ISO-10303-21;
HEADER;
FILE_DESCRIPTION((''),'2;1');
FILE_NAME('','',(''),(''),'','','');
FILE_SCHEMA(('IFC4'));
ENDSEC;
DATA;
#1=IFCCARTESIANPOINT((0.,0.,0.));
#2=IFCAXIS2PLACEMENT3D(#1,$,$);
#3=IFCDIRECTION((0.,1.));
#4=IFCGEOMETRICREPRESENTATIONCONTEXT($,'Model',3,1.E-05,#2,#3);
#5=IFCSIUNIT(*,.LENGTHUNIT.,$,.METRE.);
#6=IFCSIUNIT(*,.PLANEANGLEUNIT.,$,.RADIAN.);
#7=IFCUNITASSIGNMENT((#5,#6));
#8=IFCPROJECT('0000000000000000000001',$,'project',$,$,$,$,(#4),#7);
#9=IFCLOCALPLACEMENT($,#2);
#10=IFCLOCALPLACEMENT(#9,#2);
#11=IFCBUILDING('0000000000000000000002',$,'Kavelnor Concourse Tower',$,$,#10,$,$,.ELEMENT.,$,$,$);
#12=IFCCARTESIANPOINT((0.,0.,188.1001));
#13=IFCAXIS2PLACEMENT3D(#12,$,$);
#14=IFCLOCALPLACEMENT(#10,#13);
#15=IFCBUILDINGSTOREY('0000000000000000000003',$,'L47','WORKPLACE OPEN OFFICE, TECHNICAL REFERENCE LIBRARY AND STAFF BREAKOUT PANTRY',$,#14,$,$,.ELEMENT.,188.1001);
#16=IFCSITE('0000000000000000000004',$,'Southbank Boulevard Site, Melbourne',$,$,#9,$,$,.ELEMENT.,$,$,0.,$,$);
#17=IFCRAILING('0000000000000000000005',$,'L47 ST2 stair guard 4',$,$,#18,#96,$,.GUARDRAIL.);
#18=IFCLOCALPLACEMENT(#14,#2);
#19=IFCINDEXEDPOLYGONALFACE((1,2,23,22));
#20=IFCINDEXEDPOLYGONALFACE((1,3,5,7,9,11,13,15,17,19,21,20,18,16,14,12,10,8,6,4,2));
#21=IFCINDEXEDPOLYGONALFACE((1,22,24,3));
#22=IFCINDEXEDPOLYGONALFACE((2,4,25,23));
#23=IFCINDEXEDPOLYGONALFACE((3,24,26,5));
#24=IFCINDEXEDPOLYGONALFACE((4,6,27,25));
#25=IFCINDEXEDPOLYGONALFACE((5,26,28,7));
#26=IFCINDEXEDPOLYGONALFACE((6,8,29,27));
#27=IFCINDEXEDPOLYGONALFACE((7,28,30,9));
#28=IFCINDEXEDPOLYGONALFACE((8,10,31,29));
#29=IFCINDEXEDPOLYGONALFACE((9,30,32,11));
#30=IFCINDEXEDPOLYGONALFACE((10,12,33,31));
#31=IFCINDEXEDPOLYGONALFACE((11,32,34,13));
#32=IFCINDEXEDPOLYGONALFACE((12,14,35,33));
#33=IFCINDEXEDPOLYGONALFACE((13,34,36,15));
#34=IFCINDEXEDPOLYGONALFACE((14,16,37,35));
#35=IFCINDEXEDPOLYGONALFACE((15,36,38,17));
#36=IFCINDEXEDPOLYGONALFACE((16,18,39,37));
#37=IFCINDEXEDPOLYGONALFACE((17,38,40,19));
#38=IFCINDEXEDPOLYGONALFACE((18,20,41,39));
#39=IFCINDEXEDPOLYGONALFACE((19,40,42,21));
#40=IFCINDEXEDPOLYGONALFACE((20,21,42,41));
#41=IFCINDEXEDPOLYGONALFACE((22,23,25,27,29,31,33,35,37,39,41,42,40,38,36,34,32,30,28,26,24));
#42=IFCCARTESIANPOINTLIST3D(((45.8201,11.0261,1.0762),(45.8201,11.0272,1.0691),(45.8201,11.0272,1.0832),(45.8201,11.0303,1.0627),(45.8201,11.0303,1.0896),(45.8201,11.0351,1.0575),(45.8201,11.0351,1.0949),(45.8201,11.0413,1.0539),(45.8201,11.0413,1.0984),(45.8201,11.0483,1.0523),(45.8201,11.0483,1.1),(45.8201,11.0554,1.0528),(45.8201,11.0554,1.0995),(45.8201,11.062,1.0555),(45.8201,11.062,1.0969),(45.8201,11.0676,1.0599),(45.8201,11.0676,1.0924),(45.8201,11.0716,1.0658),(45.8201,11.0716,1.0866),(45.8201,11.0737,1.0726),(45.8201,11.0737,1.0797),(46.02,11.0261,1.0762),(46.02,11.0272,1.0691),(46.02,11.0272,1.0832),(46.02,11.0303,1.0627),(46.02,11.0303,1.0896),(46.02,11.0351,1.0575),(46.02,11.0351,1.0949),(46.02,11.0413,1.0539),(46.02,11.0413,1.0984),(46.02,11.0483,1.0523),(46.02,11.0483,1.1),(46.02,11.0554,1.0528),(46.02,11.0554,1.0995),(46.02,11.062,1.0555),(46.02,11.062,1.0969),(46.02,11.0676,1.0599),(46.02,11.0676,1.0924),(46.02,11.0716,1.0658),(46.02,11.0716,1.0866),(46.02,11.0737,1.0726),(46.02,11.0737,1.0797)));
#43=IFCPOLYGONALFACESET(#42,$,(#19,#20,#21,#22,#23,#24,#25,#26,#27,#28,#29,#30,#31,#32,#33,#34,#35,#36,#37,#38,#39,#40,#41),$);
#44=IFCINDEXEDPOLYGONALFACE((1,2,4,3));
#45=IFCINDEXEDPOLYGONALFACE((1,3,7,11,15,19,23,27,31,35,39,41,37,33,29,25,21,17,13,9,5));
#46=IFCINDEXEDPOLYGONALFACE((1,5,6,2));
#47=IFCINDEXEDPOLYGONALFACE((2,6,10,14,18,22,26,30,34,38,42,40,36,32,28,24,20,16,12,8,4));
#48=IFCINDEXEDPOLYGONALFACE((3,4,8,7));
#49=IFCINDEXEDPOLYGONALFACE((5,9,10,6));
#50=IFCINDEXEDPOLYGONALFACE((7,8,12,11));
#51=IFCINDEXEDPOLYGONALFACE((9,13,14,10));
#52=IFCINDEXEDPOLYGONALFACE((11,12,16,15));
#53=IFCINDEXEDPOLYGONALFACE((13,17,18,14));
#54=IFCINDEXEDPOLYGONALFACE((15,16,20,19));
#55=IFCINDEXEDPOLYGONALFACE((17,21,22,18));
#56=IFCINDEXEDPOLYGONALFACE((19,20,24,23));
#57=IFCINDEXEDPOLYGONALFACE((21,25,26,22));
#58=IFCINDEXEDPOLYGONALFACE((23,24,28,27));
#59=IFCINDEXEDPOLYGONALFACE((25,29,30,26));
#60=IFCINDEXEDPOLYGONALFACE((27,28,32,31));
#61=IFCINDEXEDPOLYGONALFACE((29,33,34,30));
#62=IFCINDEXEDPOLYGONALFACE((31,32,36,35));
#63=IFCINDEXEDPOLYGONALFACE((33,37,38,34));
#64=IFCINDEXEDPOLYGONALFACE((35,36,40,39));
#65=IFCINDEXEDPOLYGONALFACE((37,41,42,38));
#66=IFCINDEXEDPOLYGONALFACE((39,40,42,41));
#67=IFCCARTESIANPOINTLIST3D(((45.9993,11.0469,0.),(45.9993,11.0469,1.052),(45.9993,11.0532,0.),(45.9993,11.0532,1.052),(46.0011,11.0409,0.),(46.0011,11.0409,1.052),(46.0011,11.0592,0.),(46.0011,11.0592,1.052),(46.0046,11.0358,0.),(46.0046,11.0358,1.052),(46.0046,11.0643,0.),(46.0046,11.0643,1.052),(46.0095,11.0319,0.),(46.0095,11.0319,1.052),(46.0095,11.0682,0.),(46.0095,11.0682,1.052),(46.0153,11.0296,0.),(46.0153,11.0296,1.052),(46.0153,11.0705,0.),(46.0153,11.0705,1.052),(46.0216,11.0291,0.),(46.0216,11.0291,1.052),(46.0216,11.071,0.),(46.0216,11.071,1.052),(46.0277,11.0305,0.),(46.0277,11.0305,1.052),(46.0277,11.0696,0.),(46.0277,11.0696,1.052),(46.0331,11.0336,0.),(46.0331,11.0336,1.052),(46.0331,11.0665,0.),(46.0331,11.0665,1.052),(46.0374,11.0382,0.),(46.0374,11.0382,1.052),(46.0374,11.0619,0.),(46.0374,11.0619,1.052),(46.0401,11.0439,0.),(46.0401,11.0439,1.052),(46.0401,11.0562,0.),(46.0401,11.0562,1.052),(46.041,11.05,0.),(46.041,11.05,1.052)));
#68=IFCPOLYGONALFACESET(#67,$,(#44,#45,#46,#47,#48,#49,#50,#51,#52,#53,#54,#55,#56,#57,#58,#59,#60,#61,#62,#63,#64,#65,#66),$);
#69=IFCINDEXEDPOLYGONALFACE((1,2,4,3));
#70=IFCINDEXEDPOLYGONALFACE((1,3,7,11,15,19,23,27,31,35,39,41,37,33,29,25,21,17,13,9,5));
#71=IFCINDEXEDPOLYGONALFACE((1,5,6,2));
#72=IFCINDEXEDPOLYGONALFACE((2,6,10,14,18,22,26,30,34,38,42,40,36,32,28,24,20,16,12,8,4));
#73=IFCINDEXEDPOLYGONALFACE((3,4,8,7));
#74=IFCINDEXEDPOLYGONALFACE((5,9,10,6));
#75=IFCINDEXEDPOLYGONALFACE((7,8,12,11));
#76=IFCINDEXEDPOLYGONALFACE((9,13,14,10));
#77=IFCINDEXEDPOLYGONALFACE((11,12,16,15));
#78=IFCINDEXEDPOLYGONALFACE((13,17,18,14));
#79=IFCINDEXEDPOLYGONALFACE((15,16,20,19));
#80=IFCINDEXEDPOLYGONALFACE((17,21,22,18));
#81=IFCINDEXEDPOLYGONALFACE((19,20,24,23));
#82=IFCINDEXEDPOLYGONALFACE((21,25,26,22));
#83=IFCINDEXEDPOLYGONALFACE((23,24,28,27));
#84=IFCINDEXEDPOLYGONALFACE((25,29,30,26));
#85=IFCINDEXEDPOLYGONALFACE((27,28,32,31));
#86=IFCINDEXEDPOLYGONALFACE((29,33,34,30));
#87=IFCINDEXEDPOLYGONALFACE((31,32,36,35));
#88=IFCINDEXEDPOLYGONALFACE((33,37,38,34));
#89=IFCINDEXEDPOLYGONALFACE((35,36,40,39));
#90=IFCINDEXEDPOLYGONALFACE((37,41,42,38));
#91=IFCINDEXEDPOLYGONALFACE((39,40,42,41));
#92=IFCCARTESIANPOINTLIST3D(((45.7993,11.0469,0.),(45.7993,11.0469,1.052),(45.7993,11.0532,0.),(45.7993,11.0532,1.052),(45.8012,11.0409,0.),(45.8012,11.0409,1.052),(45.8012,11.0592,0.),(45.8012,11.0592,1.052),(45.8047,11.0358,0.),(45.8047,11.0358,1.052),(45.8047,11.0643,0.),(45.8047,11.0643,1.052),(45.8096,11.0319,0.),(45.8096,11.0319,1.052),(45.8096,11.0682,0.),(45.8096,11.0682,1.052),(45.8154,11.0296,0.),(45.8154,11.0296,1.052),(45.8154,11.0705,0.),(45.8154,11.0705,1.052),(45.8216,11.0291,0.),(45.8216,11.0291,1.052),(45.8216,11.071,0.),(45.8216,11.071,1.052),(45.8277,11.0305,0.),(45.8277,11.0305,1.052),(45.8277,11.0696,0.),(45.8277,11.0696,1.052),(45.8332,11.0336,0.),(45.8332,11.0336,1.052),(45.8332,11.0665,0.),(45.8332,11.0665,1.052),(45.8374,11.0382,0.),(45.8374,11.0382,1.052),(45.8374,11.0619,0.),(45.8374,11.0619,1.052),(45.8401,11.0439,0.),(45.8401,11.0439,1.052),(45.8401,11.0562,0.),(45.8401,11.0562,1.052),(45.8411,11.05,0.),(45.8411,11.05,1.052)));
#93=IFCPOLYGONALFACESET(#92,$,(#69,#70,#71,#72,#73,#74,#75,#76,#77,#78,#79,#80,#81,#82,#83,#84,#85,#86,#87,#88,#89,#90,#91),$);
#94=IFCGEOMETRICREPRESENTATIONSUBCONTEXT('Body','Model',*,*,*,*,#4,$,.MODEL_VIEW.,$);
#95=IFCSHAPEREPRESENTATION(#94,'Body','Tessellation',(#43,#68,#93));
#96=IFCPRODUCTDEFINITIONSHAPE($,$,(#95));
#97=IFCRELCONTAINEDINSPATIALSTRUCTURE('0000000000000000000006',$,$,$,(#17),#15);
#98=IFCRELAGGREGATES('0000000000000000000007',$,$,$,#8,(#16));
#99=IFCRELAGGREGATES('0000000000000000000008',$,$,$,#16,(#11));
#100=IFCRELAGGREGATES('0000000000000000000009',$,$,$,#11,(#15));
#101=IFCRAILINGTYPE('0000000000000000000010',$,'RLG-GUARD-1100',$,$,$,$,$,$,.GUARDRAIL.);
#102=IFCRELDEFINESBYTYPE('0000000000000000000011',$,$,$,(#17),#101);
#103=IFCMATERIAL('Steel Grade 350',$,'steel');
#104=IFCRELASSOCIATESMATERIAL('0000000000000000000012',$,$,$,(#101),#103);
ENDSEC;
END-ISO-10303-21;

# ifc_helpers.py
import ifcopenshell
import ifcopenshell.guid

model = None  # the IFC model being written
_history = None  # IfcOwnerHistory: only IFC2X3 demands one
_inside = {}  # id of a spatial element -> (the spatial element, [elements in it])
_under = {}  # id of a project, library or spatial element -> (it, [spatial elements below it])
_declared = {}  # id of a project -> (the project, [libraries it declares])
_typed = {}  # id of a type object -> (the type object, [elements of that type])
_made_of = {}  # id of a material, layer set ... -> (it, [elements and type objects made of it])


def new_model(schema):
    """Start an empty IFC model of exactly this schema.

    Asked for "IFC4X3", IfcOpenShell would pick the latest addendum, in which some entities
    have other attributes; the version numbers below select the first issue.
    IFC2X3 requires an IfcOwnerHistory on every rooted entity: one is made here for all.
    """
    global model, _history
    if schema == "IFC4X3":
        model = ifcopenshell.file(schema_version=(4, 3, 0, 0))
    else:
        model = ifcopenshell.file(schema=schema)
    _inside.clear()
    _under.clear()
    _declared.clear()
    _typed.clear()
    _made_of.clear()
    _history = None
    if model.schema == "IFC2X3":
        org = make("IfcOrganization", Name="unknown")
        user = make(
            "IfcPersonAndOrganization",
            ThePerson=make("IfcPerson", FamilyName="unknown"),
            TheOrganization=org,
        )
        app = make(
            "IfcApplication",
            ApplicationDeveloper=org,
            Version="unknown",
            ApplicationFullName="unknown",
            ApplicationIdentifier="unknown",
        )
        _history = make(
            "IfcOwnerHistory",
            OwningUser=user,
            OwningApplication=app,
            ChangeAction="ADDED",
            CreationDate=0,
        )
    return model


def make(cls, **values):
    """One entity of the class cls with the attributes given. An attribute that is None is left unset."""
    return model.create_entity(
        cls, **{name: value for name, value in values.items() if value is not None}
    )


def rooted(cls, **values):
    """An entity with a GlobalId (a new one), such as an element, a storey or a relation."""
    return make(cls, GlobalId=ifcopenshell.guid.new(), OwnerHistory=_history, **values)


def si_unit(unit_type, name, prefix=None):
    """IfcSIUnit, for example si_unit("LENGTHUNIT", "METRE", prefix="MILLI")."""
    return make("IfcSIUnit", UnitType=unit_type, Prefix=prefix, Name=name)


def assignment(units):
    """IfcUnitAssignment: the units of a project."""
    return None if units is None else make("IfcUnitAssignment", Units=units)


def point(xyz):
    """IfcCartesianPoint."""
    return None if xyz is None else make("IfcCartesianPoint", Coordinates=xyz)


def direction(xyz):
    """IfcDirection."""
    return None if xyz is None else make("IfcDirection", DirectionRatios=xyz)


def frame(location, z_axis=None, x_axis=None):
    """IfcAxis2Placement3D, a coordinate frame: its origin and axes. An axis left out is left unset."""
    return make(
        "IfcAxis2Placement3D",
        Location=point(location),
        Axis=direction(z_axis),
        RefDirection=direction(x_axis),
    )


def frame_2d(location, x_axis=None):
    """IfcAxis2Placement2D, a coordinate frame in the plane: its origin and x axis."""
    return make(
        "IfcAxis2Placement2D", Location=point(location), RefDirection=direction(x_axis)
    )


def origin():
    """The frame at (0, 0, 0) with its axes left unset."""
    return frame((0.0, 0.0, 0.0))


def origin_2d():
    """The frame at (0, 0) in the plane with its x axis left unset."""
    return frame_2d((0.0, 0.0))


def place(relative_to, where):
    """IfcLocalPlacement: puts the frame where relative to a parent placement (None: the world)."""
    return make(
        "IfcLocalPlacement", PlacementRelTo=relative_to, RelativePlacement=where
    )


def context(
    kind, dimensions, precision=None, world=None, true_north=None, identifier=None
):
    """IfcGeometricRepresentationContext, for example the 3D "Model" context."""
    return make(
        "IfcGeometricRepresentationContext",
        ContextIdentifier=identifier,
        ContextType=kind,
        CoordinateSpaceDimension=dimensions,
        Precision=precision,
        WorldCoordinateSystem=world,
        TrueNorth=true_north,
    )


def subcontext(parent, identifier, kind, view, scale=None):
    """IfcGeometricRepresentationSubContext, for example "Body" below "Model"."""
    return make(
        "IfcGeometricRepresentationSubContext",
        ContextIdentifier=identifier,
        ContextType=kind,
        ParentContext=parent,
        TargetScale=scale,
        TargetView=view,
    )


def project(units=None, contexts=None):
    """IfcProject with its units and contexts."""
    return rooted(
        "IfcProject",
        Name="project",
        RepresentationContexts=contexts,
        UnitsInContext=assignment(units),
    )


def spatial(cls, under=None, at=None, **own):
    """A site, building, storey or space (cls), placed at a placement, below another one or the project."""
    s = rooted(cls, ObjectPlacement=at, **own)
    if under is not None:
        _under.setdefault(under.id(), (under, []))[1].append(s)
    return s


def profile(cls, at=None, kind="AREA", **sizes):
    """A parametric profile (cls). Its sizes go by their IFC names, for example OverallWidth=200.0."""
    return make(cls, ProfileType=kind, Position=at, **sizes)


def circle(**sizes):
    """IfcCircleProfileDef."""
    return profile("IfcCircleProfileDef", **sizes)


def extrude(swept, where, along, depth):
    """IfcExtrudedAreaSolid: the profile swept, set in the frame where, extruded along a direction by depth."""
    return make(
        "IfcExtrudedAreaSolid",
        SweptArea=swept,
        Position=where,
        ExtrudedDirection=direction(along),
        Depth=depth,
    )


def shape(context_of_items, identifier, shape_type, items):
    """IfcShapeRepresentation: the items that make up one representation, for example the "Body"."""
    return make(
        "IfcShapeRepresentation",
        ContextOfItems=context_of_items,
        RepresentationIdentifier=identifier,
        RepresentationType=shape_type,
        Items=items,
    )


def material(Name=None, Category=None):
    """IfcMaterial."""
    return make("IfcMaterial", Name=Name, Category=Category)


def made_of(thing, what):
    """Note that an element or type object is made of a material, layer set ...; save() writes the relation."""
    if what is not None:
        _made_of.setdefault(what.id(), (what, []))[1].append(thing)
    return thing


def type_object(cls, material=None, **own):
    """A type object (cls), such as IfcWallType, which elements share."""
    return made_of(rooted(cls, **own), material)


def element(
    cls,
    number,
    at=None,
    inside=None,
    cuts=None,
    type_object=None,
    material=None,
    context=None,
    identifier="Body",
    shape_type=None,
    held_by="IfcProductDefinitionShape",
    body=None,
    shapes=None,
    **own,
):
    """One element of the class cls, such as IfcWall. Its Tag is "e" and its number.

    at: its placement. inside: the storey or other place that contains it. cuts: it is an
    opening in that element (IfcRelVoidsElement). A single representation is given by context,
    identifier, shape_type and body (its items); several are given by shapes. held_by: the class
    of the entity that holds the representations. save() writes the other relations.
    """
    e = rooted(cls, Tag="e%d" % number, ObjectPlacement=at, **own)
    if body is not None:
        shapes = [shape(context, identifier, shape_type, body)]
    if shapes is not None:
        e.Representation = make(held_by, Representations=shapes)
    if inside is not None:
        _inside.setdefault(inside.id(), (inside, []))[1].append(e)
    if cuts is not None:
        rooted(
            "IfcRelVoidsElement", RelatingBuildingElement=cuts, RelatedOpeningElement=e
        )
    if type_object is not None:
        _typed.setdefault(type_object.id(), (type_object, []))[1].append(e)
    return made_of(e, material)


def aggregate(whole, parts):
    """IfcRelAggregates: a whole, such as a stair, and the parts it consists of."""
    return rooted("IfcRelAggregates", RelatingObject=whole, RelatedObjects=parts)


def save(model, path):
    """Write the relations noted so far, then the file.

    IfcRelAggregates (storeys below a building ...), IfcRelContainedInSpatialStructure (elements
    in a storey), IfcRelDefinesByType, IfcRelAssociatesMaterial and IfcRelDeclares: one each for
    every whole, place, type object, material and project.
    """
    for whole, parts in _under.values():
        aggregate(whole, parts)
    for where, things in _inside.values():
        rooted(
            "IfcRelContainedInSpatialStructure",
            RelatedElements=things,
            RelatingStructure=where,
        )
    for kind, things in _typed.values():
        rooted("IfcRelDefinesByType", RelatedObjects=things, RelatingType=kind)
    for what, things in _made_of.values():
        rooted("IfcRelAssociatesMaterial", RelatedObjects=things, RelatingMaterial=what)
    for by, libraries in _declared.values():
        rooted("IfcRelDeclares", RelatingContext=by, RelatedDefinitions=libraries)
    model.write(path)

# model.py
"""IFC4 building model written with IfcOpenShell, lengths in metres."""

from ifc_helpers import new_model, si_unit, direction, frame, origin, origin_2d, place, context, subcontext, project, spatial, circle, extrude, material, type_object, element, save


model = new_model("IFC4")

# Units and contexts
model_context = context("Model", 3, precision=1e-05, world=origin(), true_north=direction((0.0, 1.0)))
body_context = subcontext(model_context, "Body", "Model", "MODEL_VIEW")
ifc_project = project(units=[si_unit("LENGTHUNIT", "METRE"), si_unit("PLANEANGLEUNIT", "RADIAN")], contexts=[model_context])

# Site, building, storey
site_placement = place(None, origin())
site = spatial("IfcSite", under=ifc_project, at=site_placement, Name="Southbank Boulevard Site, Melbourne", CompositionType="ELEMENT", RefElevation=0.0)
building_placement = place(site_placement, origin())
building = spatial("IfcBuilding", under=site, at=building_placement, Name="Kavelnor Concourse Tower", CompositionType="ELEMENT")
storey_placement = place(building_placement, frame((0.0, 0.0, 188.1001)))
storey = spatial("IfcBuildingStorey", under=building, at=storey_placement, Name="L47", Description="WORKPLACE OPEN OFFICE, TECHNICAL REFERENCE LIBRARY AND STAFF BREAKOUT PANTRY", CompositionType="ELEMENT", Elevation=188.1001)

# Shared definitions
ifc_material_1 = material(Name="Steel Grade 350", Category="steel")

# Railing
railing_type_1 = type_object("IfcRailingType", Name="RLG-GUARD-1100", PredefinedType="GUARDRAIL", material=ifc_material_1)
railing_1_placement = place(storey_placement, frame((46.02, 11.05, 0.0)))
element("IfcRailing", 1, at=railing_1_placement, inside=storey, type_object=railing_type_1, Name="L47 ST2 stair guard 4", PredefinedType="GUARDRAIL", context=body_context, shape_type="SweptSolid", body=[
    extrude(circle(Radius=0.0239, at=origin_2d()), frame((0.0, 0.0, 1.0762), z_axis=(-1.0, 0.0, 0.0), x_axis=(0.0, -1.0, 0.0)), (0.0, 0.0, 1.0), 0.2),
    extrude(circle(Radius=0.021, at=origin_2d()), origin(), (0.0, 0.0, 1.0), 1.052),
    extrude(circle(Radius=0.021, at=origin_2d()), frame((-0.2, 0.0, 0.0)), (0.0, 0.0, 1.0), 1.052),
])

save(model, "model.ifc")
